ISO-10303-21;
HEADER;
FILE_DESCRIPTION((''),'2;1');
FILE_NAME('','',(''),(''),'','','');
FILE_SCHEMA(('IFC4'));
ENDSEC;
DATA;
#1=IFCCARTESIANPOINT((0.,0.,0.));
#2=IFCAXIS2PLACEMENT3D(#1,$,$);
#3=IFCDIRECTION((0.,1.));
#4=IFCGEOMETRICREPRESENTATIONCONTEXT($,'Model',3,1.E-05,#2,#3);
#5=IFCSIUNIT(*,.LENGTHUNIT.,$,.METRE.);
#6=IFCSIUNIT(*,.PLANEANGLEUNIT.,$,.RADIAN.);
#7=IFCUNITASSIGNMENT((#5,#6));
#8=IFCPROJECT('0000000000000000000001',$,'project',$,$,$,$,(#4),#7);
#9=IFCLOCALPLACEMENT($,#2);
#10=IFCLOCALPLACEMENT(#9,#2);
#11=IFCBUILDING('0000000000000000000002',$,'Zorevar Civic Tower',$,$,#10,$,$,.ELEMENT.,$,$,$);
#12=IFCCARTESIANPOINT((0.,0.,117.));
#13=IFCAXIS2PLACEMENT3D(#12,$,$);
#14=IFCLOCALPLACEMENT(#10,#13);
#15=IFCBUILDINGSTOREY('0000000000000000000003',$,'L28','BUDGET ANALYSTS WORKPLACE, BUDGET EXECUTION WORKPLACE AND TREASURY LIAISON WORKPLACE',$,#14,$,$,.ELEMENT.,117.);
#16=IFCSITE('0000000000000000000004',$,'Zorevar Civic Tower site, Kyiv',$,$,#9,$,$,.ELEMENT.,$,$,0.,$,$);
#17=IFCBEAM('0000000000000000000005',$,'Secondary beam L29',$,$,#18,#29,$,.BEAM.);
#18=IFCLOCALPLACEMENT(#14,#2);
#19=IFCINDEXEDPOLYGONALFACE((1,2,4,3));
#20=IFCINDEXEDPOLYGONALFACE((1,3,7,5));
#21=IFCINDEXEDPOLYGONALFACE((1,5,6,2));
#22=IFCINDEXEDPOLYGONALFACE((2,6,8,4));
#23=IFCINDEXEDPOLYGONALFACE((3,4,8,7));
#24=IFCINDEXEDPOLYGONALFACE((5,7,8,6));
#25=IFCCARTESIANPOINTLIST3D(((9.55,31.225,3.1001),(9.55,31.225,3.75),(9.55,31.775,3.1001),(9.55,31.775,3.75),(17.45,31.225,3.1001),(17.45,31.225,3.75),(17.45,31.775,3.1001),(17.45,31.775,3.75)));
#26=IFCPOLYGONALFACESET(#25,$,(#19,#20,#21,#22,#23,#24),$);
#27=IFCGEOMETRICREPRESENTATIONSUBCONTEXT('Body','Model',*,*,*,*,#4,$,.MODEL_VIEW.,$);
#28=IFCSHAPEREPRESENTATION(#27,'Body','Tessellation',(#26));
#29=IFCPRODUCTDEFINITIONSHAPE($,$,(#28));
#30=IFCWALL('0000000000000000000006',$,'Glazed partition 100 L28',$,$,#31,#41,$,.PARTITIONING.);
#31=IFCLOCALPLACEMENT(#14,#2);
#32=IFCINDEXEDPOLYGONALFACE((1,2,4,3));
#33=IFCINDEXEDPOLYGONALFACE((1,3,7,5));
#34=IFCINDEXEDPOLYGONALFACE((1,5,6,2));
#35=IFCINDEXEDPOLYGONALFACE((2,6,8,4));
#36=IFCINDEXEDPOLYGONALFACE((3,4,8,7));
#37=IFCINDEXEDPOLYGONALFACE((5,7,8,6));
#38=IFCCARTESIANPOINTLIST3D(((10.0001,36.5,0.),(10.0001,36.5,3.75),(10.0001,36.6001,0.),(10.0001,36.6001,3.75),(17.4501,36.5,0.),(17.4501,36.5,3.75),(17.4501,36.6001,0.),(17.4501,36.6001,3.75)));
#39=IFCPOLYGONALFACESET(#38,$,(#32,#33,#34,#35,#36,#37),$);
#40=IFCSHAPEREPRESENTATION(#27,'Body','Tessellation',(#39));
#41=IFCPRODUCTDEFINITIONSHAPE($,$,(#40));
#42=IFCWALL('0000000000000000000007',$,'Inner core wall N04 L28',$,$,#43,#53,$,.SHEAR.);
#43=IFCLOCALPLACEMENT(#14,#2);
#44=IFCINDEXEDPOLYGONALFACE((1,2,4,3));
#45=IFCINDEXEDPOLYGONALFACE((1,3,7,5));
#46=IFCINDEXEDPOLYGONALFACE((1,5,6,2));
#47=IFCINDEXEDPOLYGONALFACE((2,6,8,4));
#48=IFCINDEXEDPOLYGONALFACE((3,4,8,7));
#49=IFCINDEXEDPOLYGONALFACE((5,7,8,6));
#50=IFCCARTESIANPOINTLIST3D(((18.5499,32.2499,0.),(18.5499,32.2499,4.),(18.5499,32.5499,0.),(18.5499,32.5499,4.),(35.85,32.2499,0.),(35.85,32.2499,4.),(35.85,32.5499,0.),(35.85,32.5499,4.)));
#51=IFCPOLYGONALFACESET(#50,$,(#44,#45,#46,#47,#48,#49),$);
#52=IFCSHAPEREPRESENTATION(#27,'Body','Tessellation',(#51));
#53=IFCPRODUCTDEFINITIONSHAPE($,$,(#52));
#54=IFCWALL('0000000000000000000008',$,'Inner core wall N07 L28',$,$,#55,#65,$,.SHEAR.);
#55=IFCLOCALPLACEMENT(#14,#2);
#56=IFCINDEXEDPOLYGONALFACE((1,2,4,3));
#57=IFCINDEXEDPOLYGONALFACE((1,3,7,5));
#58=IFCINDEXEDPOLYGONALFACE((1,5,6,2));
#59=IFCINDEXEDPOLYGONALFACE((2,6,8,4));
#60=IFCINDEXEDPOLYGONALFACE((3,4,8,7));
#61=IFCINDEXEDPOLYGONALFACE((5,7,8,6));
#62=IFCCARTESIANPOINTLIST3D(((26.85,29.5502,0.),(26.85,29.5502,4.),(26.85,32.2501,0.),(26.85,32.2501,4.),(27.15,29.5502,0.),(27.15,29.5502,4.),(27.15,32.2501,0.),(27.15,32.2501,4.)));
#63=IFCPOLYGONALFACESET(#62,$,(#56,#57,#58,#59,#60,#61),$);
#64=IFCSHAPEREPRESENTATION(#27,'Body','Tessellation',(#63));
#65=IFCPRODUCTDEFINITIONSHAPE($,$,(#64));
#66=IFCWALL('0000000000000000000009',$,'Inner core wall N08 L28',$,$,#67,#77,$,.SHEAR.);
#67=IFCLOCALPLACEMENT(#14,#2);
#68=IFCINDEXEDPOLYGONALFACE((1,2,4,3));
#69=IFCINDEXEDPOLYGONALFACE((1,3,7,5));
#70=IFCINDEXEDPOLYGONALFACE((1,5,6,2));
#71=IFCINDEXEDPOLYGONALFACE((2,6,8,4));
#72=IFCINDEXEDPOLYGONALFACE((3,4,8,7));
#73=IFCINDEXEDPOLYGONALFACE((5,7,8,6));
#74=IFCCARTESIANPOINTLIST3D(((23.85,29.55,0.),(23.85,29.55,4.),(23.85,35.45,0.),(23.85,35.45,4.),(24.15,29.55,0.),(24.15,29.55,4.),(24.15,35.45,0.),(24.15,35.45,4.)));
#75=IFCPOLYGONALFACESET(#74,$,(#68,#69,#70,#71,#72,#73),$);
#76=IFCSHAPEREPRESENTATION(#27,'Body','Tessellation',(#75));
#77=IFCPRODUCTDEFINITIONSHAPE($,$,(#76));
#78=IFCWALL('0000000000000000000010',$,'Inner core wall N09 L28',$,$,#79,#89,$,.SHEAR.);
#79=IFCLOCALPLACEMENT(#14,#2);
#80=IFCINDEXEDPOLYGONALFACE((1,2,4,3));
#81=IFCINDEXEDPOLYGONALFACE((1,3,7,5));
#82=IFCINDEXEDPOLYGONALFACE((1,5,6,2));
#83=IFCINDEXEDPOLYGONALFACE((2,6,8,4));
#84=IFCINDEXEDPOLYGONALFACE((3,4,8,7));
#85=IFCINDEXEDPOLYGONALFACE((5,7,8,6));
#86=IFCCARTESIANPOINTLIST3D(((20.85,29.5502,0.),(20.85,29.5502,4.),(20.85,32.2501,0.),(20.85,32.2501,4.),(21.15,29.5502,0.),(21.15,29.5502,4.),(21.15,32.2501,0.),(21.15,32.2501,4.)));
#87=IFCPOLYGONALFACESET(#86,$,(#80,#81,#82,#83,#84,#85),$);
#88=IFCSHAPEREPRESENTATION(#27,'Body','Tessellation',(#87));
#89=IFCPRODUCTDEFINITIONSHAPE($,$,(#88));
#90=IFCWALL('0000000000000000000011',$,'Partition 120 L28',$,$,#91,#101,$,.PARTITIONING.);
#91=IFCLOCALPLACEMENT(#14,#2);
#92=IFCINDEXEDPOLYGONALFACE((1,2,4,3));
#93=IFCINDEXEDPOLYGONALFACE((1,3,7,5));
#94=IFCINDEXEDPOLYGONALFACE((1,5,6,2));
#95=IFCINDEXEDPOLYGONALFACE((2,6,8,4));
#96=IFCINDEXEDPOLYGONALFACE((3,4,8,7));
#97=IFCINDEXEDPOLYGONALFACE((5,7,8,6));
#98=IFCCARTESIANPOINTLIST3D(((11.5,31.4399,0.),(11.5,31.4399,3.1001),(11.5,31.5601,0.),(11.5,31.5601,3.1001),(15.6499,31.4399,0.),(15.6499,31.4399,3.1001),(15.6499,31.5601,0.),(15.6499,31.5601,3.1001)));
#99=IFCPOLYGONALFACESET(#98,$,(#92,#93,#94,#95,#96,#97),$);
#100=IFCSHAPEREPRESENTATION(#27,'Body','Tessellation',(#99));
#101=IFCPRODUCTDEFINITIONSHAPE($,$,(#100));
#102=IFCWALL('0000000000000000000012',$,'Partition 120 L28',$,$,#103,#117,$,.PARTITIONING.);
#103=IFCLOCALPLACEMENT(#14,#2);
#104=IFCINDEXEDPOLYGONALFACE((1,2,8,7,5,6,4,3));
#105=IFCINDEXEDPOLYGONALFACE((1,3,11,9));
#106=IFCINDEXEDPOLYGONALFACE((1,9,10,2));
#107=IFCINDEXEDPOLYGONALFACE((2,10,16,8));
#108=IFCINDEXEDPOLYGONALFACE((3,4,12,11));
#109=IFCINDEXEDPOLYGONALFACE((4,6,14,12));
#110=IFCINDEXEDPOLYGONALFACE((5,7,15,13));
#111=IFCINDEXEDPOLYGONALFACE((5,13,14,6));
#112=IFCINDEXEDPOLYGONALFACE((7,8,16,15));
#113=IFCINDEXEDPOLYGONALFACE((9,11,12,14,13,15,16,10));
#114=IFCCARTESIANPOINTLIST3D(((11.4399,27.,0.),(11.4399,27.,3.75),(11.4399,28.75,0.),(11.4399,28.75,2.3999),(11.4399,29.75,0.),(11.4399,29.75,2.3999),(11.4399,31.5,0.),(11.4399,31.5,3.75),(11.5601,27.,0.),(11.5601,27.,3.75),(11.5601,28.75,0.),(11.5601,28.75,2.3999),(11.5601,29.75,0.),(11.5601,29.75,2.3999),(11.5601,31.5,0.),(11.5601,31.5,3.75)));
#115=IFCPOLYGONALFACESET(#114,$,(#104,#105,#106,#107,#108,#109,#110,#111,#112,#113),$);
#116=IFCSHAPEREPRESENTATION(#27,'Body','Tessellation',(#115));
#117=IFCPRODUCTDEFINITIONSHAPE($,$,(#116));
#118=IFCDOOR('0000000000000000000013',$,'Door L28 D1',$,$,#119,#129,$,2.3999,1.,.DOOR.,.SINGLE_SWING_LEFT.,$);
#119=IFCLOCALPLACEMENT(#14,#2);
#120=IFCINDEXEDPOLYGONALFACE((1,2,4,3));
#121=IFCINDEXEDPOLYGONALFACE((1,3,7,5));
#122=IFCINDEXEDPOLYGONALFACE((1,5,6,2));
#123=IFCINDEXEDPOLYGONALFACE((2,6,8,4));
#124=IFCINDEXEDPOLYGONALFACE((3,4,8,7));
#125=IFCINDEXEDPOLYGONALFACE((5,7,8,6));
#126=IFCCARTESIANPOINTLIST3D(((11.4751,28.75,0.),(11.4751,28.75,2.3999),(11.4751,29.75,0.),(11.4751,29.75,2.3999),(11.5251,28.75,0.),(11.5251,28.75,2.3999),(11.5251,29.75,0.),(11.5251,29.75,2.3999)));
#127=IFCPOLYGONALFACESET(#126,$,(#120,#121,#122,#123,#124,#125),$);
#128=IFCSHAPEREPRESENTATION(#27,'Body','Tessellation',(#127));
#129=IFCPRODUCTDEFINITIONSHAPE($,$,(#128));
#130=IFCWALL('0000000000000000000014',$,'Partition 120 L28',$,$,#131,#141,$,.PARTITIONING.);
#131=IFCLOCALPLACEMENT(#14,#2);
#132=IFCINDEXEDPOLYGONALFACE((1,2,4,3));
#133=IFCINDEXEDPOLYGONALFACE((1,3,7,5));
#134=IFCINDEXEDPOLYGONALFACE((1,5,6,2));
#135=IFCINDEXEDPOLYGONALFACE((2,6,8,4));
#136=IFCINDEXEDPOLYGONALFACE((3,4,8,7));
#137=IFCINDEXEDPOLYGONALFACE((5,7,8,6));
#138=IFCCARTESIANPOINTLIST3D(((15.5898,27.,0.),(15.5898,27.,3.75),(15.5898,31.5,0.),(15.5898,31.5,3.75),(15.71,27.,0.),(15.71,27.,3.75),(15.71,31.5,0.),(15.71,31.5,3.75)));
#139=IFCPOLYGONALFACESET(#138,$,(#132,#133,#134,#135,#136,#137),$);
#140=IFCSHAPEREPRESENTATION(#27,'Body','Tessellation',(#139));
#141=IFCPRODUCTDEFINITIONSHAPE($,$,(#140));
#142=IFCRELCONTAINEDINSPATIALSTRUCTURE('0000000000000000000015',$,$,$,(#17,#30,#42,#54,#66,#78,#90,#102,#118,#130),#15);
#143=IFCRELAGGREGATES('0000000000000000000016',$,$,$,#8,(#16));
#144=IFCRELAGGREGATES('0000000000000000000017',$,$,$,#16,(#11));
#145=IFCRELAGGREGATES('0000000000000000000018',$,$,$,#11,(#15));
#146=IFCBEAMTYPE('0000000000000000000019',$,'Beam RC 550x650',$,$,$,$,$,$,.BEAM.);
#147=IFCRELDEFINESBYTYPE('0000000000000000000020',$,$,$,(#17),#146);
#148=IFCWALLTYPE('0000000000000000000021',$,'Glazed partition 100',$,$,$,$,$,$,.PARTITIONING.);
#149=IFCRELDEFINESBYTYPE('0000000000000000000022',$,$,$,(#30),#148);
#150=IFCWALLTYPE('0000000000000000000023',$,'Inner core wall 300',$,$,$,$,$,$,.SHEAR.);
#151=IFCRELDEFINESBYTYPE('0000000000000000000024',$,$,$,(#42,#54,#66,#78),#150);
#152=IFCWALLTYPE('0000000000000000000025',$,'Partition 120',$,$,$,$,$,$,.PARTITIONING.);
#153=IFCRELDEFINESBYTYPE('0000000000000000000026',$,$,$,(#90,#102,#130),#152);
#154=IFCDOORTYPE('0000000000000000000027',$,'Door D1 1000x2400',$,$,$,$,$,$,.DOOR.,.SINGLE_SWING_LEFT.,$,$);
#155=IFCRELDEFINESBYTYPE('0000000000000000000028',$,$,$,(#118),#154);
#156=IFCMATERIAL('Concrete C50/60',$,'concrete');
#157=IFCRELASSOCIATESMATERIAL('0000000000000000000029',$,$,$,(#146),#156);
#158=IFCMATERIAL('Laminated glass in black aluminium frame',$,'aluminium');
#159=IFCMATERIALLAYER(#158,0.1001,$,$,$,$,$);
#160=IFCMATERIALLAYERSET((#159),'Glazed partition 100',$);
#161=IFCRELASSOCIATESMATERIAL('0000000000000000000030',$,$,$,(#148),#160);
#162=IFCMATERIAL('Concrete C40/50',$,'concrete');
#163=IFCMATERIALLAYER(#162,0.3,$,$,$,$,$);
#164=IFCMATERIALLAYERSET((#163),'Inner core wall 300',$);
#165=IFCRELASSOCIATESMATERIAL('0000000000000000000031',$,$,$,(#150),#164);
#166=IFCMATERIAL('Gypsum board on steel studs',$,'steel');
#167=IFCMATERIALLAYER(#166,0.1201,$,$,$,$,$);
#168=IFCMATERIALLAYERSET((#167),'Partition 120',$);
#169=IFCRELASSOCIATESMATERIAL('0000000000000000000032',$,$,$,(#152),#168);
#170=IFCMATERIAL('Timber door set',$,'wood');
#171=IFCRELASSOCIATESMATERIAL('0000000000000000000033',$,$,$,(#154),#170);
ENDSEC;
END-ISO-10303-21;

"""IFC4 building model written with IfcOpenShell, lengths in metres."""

from ifc_helpers import new_model, si_unit, direction, frame, frame_2d, origin, origin_2d, place, context, subcontext, project, spatial, rectangle, extrude, material, layer, layer_set, material_profile, profile_set, type_object, element, fill, save


model = new_model("IFC4")

# Units and contexts
model_context = context("Model", 3, precision=1e-05, world=origin(), true_north=direction((0.0, 1.0)))
body_context = subcontext(model_context, "Body", "Model", "MODEL_VIEW")
ifc_project = project(units=[si_unit("LENGTHUNIT", "METRE"), si_unit("PLANEANGLEUNIT", "RADIAN")], contexts=[model_context])

# Site, building, storey
site_placement = place(None, origin())
site = spatial("IfcSite", under=ifc_project, at=site_placement, Name="Zorevar Civic Tower site, Kyiv", CompositionType="ELEMENT", RefElevation=0.0)
building_placement = place(site_placement, origin())
building = spatial("IfcBuilding", under=site, at=building_placement, Name="Zorevar Civic Tower", CompositionType="ELEMENT")
storey_placement = place(building_placement, frame((0.0, 0.0, 117.0)))
storey = spatial("IfcBuildingStorey", under=building, at=storey_placement, Name="L28", Description="BUDGET ANALYSTS WORKPLACE, BUDGET EXECUTION WORKPLACE AND TREASURY LIAISON WORKPLACE", CompositionType="ELEMENT", Elevation=117.0)

# Beam
ifc_material_1 = material(Name="Concrete C50/60", Category="concrete")
ifc_material_profile = material_profile(ifc_material_1, rectangle(XDim=0.55, YDim=0.6499, at=origin_2d()), Name="RC 550x650")
ifc_profile_set = profile_set([ifc_material_profile], Name="Concrete C50/60")
beam_type = type_object("IfcBeamType", Name="Beam RC 550x650", PredefinedType="BEAM", material=ifc_profile_set)
beam_placement = place(storey_placement, frame((9.55, 31.5, 3.425), z_axis=(1.0, 0.0, 0.0), x_axis=(0.0, 1.0, 0.0)))
element("IfcBeam", 1, at=beam_placement, inside=storey, type_object=beam_type, Name="Secondary beam L29", PredefinedType="BEAM", context=body_context, shape_type="SweptSolid", body=[
    extrude(rectangle(XDim=0.55, YDim=0.6499, at=origin_2d()), origin(), (0.0, 0.0, 1.0), 7.8999),
])

# Wall
ifc_material_2 = material(Name="Laminated glass in black aluminium frame", Category="aluminium")
ifc_layer_1 = layer(ifc_material_2, 0.1001)
ifc_layer_set_1 = layer_set([ifc_layer_1], Name="Glazed partition 100")
wall_type_1 = type_object("IfcWallType", Name="Glazed partition 100", PredefinedType="PARTITIONING", material=ifc_layer_set_1)
wall_1_placement = place(storey_placement, frame((10.0, 36.55, 0.0), z_axis=(0.0, 0.0, 1.0), x_axis=(1.0, 0.0, 0.0)))
element("IfcWall", 2, at=wall_1_placement, inside=storey, type_object=wall_type_1, Name="Glazed partition 100 L28", PredefinedType="PARTITIONING", context=body_context, shape_type="SweptSolid", body=[
    extrude(rectangle(XDim=7.45, YDim=0.1001, at=frame_2d((3.7251, 0.0))), origin(), (0.0, 0.0, 1.0), 3.75),
])

# Shared definitions
ifc_material_3 = material(Name="Concrete C40/50", Category="concrete")
ifc_layer_2 = layer(ifc_material_3, 0.3)
ifc_layer_set_2 = layer_set([ifc_layer_2], Name="Inner core wall 300")
wall_type_2 = type_object("IfcWallType", Name="Inner core wall 300", PredefinedType="SHEAR", material=ifc_layer_set_2)

# Walls
wall_2_placement = place(storey_placement, frame((18.55, 32.3999, 0.0), z_axis=(0.0, 0.0, 1.0), x_axis=(1.0, 0.0, 0.0)))
element("IfcWall", 3, at=wall_2_placement, inside=storey, type_object=wall_type_2, Name="Inner core wall N04 L28", PredefinedType="SHEAR", context=body_context, shape_type="SweptSolid", body=[
    extrude(rectangle(XDim=17.3, YDim=0.3, at=frame_2d((8.6499, 0.0))), origin(), (0.0, 0.0, 1.0), 4.0),
])
wall_3_placement = place(storey_placement, frame((27.0, 29.55, 0.0), z_axis=(0.0, 0.0, 1.0), x_axis=(0.0, 1.0, 0.0)))
element("IfcWall", 4, at=wall_3_placement, inside=storey, type_object=wall_type_2, Name="Inner core wall N07 L28", PredefinedType="SHEAR", context=body_context, shape_type="SweptSolid", body=[
    extrude(rectangle(XDim=2.7, YDim=0.3, at=frame_2d((1.3501, 0.0))), origin(), (0.0, 0.0, 1.0), 4.0),
])
wall_4_placement = place(storey_placement, frame((24.0, 29.55, 0.0), z_axis=(0.0, 0.0, 1.0), x_axis=(0.0, 1.0, 0.0)))
element("IfcWall", 5, at=wall_4_placement, inside=storey, type_object=wall_type_2, Name="Inner core wall N08 L28", PredefinedType="SHEAR", context=body_context, shape_type="SweptSolid", body=[
    extrude(rectangle(XDim=5.8999, YDim=0.3, at=frame_2d((2.95, 0.0))), origin(), (0.0, 0.0, 1.0), 4.0),
])
wall_5_placement = place(storey_placement, frame((21.0, 29.55, 0.0), z_axis=(0.0, 0.0, 1.0), x_axis=(0.0, 1.0, 0.0)))
element("IfcWall", 6, at=wall_5_placement, inside=storey, type_object=wall_type_2, Name="Inner core wall N09 L28", PredefinedType="SHEAR", context=body_context, shape_type="SweptSolid", body=[
    extrude(rectangle(XDim=2.7, YDim=0.3, at=frame_2d((1.3501, 0.0))), origin(), (0.0, 0.0, 1.0), 4.0),
])
ifc_material_4 = material(Name="Gypsum board on steel studs", Category="steel")
ifc_layer_3 = layer(ifc_material_4, 0.1201)
ifc_layer_set_3 = layer_set([ifc_layer_3], Name="Partition 120")
wall_type_3 = type_object("IfcWallType", Name="Partition 120", PredefinedType="PARTITIONING", material=ifc_layer_set_3)
wall_6_placement = place(storey_placement, frame((11.5, 31.5, 0.0), z_axis=(0.0, 0.0, 1.0), x_axis=(1.0, 0.0, 0.0)))
element("IfcWall", 7, at=wall_6_placement, inside=storey, type_object=wall_type_3, Name="Partition 120 L28", PredefinedType="PARTITIONING", context=body_context, shape_type="SweptSolid", body=[
    extrude(rectangle(XDim=4.1499, YDim=0.1201, at=frame_2d((2.075, 0.0))), origin(), (0.0, 0.0, 1.0), 3.1001),
])

# Wall, opening, door
wall_7_placement = place(storey_placement, frame((11.5, 27.0, 0.0), z_axis=(0.0, 0.0, 1.0), x_axis=(0.0, 1.0, 0.0)))
wall_7 = element("IfcWall", 8, at=wall_7_placement, inside=storey, type_object=wall_type_3, Name="Partition 120 L28", PredefinedType="PARTITIONING", context=body_context, shape_type="SweptSolid", body=[
    extrude(rectangle(XDim=4.5, YDim=0.1201, at=frame_2d((2.25, 0.0))), origin(), (0.0, 0.0, 1.0), 3.75),
])
opening_1_placement = place(wall_7_placement, frame((1.75, 0.0, 0.0)))
opening_1 = element("IfcOpeningElement", 9, at=opening_1_placement, cuts=wall_7, PredefinedType="OPENING", context=body_context, shape_type="SweptSolid", body=[
    extrude(rectangle(XDim=1.0, YDim=2.3999, at=frame_2d((0.5, 1.2))), frame((0.0, 0.0701, 0.0), z_axis=(0.0, -1.0, 0.0), x_axis=(1.0, 0.0, 0.0)), (0.0, 0.0, 1.0), 0.1401),
])
ifc_material_5 = material(Name="Timber door set", Category="wood")
door_type_1 = type_object("IfcDoorType", Name="Door D1 1000x2400", OperationType="SINGLE_SWING_LEFT", PredefinedType="DOOR", material=ifc_material_5)
door_1_placement = place(opening_1_placement, origin())
door_1 = element("IfcDoor", 10, at=door_1_placement, inside=storey, type_object=door_type_1, Name="Door L28 D1", OperationType="SINGLE_SWING_LEFT", OverallHeight=2.3999, OverallWidth=1.0, PredefinedType="DOOR", context=body_context, shape_type="SweptSolid", body=[
    extrude(rectangle(XDim=1.0, YDim=2.3999, at=frame_2d((0.5, 1.2))), frame((0.0, 0.0249, 0.0), z_axis=(0.0, -1.0, 0.0), x_axis=(1.0, 0.0, 0.0)), (0.0, 0.0, 1.0), 0.05),
])
fill(opening_1, door_1)

# Wall
wall_8_placement = place(storey_placement, frame((15.6499, 27.0, 0.0), z_axis=(0.0, 0.0, 1.0), x_axis=(0.0, 1.0, 0.0)))
element("IfcWall", 11, at=wall_8_placement, inside=storey, type_object=wall_type_3, Name="Partition 120 L28", PredefinedType="PARTITIONING", context=body_context, shape_type="SweptSolid", body=[
    extrude(rectangle(XDim=4.5, YDim=0.1201, at=frame_2d((2.25, 0.0))), origin(), (0.0, 0.0, 1.0), 3.75),
])

save(model, "model.ifc")
